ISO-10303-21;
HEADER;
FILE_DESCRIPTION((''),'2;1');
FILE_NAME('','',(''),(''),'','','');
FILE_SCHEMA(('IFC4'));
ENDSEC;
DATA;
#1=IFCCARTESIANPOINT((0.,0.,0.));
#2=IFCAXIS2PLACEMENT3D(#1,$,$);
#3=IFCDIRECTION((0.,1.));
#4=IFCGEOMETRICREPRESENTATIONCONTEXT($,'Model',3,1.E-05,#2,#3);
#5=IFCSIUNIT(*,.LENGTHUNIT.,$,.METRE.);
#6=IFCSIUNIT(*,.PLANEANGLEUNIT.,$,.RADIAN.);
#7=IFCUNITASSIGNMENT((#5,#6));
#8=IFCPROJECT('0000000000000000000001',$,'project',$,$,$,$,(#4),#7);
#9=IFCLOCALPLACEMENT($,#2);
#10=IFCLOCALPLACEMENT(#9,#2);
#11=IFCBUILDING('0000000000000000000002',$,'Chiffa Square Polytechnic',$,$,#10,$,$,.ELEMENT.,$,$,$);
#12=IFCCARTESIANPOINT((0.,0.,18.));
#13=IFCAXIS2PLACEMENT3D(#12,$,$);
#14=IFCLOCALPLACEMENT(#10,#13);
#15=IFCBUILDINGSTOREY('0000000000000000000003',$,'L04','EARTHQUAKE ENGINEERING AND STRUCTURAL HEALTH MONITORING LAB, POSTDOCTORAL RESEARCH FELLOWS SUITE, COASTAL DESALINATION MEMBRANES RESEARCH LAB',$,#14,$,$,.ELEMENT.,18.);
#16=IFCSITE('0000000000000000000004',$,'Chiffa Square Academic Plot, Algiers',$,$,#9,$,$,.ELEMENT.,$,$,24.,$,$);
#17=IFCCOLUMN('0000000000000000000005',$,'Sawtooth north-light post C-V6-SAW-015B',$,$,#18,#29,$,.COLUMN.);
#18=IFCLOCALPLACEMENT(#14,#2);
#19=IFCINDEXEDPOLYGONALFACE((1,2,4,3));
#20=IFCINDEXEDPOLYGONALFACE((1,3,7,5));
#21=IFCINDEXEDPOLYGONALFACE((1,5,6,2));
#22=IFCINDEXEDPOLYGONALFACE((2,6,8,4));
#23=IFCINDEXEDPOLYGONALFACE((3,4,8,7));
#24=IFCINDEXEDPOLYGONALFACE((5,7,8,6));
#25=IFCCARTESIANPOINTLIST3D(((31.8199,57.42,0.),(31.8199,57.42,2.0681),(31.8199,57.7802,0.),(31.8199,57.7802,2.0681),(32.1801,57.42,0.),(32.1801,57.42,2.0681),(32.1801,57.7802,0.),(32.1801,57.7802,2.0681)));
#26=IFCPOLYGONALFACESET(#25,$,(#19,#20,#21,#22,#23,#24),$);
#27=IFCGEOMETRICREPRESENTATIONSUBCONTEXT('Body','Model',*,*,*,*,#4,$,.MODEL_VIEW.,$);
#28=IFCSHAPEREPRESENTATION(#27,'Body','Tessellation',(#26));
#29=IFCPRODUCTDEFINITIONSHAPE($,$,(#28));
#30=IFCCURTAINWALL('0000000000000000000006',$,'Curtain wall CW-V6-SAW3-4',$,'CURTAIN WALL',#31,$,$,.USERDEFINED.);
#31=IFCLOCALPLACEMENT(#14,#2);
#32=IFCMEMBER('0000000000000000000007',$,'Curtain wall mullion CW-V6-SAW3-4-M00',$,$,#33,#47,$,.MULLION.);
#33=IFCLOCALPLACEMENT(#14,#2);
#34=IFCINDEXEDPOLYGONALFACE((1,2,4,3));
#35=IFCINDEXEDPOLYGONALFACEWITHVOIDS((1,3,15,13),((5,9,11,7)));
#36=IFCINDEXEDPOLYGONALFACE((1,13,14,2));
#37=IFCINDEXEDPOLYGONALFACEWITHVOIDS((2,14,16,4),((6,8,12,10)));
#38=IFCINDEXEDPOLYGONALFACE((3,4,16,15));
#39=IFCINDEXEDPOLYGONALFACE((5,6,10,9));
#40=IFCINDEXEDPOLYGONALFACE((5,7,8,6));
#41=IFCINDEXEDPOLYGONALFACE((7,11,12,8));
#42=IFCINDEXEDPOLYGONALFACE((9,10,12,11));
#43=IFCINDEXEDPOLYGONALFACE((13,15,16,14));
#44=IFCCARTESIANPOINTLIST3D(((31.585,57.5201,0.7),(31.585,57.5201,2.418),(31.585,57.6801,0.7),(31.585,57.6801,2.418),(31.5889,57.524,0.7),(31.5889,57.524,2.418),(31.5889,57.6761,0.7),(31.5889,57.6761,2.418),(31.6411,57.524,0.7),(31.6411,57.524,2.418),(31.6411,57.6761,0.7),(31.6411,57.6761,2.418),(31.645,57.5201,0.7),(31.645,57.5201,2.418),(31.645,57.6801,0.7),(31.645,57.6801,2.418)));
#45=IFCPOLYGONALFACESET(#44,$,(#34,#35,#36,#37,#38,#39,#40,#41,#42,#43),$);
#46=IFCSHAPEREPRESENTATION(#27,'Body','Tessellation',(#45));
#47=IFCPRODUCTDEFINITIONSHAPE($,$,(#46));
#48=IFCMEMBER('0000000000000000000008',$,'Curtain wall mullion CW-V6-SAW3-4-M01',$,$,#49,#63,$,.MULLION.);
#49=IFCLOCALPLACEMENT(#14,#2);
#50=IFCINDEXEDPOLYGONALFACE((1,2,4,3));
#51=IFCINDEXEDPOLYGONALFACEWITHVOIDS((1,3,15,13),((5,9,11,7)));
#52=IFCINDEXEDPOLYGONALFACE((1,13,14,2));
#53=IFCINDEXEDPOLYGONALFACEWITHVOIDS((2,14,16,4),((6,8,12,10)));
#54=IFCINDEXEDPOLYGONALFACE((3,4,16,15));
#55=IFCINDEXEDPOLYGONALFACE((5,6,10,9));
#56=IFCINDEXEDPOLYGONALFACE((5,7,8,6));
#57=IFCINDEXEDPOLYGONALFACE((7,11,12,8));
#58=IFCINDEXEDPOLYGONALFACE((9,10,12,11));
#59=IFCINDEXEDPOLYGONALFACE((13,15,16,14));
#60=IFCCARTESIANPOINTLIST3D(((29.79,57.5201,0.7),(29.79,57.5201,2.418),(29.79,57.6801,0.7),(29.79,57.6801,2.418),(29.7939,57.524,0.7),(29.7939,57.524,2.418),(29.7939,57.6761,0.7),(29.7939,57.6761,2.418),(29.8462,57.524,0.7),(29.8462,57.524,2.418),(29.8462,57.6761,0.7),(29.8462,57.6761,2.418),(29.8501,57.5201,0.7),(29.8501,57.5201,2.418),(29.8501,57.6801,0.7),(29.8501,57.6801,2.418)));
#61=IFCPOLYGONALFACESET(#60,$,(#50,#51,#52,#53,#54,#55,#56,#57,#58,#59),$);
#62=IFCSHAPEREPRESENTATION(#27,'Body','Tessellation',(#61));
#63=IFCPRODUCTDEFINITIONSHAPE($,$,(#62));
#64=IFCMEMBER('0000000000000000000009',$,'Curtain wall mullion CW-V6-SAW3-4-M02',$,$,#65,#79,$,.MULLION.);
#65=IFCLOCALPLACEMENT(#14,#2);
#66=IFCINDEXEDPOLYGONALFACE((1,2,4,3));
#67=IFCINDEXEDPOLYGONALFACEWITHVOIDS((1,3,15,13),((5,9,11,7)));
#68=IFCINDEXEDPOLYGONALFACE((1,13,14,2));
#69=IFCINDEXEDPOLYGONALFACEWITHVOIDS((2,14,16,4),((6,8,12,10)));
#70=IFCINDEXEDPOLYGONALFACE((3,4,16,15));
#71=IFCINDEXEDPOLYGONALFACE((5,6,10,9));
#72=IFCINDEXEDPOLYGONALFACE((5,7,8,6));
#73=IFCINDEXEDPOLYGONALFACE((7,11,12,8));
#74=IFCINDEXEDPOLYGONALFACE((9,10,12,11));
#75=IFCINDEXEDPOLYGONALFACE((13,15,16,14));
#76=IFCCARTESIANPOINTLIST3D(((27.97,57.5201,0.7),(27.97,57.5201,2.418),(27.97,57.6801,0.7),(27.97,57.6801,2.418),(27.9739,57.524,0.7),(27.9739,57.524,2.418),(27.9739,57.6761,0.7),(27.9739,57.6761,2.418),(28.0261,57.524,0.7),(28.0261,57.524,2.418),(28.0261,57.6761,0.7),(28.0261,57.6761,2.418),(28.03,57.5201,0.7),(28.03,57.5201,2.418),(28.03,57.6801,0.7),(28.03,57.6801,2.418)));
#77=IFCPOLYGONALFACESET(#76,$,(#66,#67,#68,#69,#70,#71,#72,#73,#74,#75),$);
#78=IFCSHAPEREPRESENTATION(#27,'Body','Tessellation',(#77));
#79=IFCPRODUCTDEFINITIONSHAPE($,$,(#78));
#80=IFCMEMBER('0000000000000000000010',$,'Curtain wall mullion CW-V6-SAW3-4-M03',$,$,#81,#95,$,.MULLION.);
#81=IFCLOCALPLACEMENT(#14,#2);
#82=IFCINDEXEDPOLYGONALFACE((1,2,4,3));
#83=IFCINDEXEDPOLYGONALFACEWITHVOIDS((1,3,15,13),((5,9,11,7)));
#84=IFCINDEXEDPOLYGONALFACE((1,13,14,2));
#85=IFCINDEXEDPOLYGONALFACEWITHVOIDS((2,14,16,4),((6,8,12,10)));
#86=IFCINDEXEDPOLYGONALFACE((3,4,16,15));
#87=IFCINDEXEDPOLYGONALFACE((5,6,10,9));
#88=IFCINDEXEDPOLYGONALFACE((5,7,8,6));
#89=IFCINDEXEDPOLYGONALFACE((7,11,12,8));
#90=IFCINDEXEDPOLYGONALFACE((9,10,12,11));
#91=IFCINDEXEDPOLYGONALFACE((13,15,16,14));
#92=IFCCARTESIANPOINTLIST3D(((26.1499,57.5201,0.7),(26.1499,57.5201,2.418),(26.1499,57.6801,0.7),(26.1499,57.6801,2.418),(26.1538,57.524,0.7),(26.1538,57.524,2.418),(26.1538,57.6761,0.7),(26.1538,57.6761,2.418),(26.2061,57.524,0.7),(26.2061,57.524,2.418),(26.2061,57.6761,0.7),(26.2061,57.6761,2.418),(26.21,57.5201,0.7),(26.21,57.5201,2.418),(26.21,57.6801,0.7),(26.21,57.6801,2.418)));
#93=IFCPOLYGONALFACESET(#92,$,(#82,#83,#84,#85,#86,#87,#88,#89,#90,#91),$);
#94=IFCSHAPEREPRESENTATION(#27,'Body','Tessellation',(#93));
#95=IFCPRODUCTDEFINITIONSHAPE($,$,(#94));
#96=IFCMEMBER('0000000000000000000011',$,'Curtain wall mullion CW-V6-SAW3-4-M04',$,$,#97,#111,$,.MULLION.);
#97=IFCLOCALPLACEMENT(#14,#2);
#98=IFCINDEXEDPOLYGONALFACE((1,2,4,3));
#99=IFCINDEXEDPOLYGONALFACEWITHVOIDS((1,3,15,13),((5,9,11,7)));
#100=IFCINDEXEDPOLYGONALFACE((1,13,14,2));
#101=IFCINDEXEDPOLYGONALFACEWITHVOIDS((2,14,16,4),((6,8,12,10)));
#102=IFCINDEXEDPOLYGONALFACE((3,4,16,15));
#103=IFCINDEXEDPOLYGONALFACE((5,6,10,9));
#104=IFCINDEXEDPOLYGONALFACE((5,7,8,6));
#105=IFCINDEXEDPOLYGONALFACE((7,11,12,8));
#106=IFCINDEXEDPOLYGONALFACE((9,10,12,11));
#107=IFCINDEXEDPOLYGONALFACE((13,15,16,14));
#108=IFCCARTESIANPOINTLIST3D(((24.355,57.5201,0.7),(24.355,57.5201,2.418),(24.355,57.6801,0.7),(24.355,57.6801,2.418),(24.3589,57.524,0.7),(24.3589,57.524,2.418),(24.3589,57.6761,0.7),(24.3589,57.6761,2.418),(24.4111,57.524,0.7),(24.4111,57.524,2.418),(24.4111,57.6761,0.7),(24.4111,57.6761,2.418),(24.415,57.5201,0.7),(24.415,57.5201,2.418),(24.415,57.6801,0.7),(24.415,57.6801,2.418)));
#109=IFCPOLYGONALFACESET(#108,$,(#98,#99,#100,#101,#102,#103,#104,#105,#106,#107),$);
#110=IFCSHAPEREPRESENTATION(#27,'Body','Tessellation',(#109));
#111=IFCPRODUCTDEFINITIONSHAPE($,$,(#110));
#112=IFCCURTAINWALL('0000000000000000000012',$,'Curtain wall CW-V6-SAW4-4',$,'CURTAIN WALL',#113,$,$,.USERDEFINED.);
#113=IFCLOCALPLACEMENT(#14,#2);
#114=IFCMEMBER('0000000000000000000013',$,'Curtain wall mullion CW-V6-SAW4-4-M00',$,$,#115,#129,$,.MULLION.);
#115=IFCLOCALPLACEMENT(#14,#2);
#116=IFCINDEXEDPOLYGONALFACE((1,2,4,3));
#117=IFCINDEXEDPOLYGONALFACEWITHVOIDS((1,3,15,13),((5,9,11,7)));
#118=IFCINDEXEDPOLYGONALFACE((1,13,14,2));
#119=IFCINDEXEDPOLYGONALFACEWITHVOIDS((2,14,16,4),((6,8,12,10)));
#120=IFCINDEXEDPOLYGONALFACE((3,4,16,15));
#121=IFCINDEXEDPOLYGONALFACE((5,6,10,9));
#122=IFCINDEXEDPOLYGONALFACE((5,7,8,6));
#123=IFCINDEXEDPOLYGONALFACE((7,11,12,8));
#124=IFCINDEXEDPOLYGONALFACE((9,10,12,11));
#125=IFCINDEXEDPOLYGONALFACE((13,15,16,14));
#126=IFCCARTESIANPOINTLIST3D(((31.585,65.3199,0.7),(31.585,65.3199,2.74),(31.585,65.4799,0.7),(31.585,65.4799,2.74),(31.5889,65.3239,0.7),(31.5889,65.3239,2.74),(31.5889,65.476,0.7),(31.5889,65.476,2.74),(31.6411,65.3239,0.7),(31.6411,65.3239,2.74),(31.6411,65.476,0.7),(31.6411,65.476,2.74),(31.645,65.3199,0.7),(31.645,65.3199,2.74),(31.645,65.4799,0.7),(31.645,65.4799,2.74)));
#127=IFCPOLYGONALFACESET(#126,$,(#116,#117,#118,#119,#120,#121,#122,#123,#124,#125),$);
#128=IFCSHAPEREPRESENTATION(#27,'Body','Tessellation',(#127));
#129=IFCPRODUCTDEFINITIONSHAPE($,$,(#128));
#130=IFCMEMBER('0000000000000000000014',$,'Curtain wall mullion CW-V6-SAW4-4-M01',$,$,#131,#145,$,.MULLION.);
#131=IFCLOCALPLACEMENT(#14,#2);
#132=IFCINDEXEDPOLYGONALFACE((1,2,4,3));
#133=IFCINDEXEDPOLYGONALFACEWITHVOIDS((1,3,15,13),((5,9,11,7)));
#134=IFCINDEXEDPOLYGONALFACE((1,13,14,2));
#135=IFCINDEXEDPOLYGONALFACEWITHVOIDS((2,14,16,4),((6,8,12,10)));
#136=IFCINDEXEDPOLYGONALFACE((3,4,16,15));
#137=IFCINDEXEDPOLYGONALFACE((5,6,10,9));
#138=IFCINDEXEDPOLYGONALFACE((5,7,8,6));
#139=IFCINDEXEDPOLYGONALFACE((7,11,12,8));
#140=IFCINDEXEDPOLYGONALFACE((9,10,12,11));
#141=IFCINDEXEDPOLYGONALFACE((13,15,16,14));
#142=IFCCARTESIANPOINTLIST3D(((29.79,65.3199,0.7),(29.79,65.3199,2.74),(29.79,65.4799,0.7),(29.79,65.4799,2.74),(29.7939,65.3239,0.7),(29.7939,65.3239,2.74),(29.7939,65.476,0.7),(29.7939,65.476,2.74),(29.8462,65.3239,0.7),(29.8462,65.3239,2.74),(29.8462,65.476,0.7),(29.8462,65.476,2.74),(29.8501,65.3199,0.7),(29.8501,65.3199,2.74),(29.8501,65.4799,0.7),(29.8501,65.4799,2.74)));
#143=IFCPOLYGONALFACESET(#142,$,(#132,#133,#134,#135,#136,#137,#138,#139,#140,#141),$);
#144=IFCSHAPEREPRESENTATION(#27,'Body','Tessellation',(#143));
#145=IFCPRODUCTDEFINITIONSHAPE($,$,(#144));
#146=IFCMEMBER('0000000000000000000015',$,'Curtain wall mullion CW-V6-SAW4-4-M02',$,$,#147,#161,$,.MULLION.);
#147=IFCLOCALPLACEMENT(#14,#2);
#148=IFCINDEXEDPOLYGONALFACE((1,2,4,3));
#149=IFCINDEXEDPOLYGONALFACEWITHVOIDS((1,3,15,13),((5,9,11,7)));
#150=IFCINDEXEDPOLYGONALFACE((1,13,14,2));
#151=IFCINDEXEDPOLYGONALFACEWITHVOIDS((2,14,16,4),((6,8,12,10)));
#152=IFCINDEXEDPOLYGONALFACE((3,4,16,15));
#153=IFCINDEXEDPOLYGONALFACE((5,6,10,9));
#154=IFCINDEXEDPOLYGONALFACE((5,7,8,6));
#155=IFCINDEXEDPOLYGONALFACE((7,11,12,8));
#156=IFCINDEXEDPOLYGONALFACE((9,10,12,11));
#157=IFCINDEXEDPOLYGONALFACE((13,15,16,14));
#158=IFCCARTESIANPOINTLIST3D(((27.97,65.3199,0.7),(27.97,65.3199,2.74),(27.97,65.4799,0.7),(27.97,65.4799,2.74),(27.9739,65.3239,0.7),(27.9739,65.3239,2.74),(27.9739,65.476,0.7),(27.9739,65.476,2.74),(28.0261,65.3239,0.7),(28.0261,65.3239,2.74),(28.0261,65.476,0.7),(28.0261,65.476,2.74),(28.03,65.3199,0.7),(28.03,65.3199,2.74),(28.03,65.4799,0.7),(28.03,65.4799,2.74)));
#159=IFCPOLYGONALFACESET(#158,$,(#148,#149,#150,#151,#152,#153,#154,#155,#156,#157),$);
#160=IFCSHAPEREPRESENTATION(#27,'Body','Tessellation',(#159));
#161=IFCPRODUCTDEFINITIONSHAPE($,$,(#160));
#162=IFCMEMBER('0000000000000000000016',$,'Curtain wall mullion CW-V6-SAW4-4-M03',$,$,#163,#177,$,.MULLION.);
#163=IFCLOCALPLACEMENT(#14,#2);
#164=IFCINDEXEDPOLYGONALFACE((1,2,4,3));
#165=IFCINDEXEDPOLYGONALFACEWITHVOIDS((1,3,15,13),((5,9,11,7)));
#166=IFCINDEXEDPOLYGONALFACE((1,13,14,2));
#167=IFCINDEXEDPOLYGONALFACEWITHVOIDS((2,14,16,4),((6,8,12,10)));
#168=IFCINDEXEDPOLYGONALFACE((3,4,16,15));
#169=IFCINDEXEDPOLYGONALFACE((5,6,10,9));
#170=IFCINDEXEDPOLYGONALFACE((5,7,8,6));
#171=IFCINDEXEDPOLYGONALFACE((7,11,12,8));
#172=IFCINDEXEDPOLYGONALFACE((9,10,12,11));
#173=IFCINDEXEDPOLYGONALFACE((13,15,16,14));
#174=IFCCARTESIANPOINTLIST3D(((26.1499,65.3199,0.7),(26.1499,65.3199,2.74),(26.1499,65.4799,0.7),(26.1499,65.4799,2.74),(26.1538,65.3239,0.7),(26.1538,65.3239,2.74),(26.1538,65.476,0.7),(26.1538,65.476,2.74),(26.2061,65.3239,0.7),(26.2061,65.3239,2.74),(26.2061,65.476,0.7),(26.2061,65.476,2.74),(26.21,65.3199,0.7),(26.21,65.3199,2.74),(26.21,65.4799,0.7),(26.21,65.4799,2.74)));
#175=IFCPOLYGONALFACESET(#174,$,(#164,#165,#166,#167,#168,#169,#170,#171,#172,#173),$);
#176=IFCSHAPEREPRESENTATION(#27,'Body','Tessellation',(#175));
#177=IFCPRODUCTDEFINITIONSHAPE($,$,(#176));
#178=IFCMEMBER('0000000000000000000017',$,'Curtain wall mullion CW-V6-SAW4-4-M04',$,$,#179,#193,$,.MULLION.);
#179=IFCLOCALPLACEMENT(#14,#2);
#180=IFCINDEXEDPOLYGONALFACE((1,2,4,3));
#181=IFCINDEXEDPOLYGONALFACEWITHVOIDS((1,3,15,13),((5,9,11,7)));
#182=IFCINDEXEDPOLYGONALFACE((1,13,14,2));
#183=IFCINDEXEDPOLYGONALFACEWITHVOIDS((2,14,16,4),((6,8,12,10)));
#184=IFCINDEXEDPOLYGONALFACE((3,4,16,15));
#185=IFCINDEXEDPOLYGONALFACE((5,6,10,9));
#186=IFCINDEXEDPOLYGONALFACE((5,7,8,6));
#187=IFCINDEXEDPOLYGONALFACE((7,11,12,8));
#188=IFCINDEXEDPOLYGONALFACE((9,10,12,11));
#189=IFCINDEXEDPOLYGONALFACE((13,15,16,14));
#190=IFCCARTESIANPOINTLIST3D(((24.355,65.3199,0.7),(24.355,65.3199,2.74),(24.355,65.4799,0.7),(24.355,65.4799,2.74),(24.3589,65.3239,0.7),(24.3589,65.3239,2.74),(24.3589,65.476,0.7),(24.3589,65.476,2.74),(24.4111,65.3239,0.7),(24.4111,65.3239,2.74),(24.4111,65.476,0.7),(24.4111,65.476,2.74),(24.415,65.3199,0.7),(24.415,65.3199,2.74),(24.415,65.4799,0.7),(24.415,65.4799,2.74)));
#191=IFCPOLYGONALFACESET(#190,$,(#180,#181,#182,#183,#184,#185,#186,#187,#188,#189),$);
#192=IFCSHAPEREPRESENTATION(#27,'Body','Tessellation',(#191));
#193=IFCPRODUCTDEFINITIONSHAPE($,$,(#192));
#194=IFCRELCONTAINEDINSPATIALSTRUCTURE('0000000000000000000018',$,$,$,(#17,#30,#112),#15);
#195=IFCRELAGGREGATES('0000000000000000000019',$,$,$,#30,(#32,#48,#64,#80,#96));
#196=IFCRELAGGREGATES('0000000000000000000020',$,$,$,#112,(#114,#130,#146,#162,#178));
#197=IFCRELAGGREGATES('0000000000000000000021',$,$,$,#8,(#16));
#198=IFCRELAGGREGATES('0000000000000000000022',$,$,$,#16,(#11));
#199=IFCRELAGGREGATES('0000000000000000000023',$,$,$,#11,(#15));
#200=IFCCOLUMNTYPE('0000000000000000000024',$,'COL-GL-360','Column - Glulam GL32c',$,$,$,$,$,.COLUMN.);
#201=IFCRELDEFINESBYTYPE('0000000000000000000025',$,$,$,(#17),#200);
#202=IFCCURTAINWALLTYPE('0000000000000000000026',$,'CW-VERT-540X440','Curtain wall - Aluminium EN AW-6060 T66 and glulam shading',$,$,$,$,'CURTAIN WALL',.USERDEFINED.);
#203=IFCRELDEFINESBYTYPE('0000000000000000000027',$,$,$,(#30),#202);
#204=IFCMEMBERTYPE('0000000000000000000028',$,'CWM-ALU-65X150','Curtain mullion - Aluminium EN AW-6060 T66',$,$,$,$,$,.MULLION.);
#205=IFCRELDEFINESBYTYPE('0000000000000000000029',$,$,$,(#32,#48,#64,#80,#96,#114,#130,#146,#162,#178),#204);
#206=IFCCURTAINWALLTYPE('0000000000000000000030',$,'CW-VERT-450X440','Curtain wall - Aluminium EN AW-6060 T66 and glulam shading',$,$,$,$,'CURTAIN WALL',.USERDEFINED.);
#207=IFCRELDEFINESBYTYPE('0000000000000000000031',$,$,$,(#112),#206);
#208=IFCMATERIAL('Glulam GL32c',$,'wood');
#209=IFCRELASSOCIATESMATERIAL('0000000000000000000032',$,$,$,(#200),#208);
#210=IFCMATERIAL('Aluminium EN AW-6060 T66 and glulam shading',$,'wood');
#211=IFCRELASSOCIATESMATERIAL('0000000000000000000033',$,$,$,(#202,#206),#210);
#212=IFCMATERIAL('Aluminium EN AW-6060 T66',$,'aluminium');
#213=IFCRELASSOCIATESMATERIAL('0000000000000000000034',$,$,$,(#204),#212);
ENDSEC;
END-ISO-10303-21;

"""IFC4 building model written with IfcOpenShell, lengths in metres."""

from ifc_helpers import new_model, si_unit, direction, frame, origin, origin_2d, place, context, subcontext, project, spatial, rectangle, hollow_rectangle, extrude, material, material_profile, profile_set, type_object, element, aggregate, save


model = new_model("IFC4")

# Units and contexts
model_context = context("Model", 3, precision=1e-05, world=origin(), true_north=direction((0.0, 1.0)))
body_context = subcontext(model_context, "Body", "Model", "MODEL_VIEW")
ifc_project = project(units=[si_unit("LENGTHUNIT", "METRE"), si_unit("PLANEANGLEUNIT", "RADIAN")], contexts=[model_context])

# Site, building, storey
site_placement = place(None, origin())
site = spatial("IfcSite", under=ifc_project, at=site_placement, Name="Chiffa Square Academic Plot, Algiers", CompositionType="ELEMENT", RefElevation=24.0)
building_placement = place(site_placement, origin())
building = spatial("IfcBuilding", under=site, at=building_placement, Name="Chiffa Square Polytechnic", CompositionType="ELEMENT")
storey_placement = place(building_placement, frame((0.0, 0.0, 18.0)))
storey = spatial("IfcBuildingStorey", under=building, at=storey_placement, Name="L04", Description="EARTHQUAKE ENGINEERING AND STRUCTURAL HEALTH MONITORING LAB, POSTDOCTORAL RESEARCH FELLOWS SUITE, COASTAL DESALINATION MEMBRANES RESEARCH LAB", CompositionType="ELEMENT", Elevation=18.0)

# Column
ifc_material_1 = material(Name="Glulam GL32c", Category="wood")
ifc_material_profile_1 = material_profile(ifc_material_1, rectangle(XDim=0.3601, YDim=0.3601, at=origin_2d()), Name="GL32c 360x360")
ifc_profile_set_1 = profile_set([ifc_material_profile_1], Name="Glulam GL32c")
column_type = type_object("IfcColumnType", Name="COL-GL-360", Description="Column - Glulam GL32c", PredefinedType="COLUMN", material=ifc_profile_set_1)
column_placement = place(storey_placement, frame((32.0, 57.6001, 0.0), z_axis=(0.0, 0.0, 1.0), x_axis=(1.0, 0.0, 0.0)))
element("IfcColumn", 1, at=column_placement, inside=storey, type_object=column_type, Name="Sawtooth north-light post C-V6-SAW-015B", PredefinedType="COLUMN", context=body_context, shape_type="SweptSolid", body=[
    extrude(rectangle(XDim=0.3601, YDim=0.3601, at=origin_2d()), origin(), (0.0, 0.0, 1.0), 2.0681),
])

# Curtain walls, members
ifc_material_2 = material(Name="Aluminium EN AW-6060 T66 and glulam shading", Category="wood")
curtain_wall_type_1 = type_object("IfcCurtainWallType", Name="CW-VERT-540X440", Description="Curtain wall - Aluminium EN AW-6060 T66 and glulam shading", ElementType="CURTAIN WALL", PredefinedType="USERDEFINED", material=ifc_material_2)
curtain_wall_1_placement = place(storey_placement, origin())
curtain_wall_1 = element("IfcCurtainWall", 2, at=curtain_wall_1_placement, inside=storey, type_object=curtain_wall_type_1, Name="Curtain wall CW-V6-SAW3-4", ObjectType="CURTAIN WALL", PredefinedType="USERDEFINED")
ifc_material_3 = material(Name="Aluminium EN AW-6060 T66", Category="aluminium")
ifc_material_profile_2 = material_profile(ifc_material_3, hollow_rectangle(XDim=0.0601, YDim=0.1599, WallThickness=0.0039, at=origin_2d()), Name="ALU 60x160x4")
ifc_profile_set_2 = profile_set([ifc_material_profile_2], Name="Aluminium EN AW-6060 T66")
member_type_1 = type_object("IfcMemberType", Name="CWM-ALU-65X150", Description="Curtain mullion - Aluminium EN AW-6060 T66", PredefinedType="MULLION", material=ifc_profile_set_2)
member_1_placement = place(storey_placement, frame((31.615, 57.6001, 0.7), z_axis=(0.0, 0.0, 1.0), x_axis=(1.0, 0.0, 0.0)))
member_1 = element("IfcMember", 3, at=member_1_placement, type_object=member_type_1, Name="Curtain wall mullion CW-V6-SAW3-4-M00", PredefinedType="MULLION", context=body_context, shape_type="SweptSolid", body=[
    extrude(hollow_rectangle(XDim=0.0601, YDim=0.1599, WallThickness=0.0039, at=origin_2d()), origin(), (0.0, 0.0, 1.0), 1.718),
])
member_2_placement = place(storey_placement, frame((29.8201, 57.6001, 0.7), z_axis=(0.0, 0.0, 1.0), x_axis=(1.0, 0.0, 0.0)))
member_2 = element("IfcMember", 4, at=member_2_placement, type_object=member_type_1, Name="Curtain wall mullion CW-V6-SAW3-4-M01", PredefinedType="MULLION", context=body_context, shape_type="SweptSolid", body=[
    extrude(hollow_rectangle(XDim=0.0601, YDim=0.1599, WallThickness=0.0039, at=origin_2d()), origin(), (0.0, 0.0, 1.0), 1.718),
])
member_3_placement = place(storey_placement, frame((28.0, 57.6001, 0.7), z_axis=(0.0, 0.0, 1.0), x_axis=(1.0, 0.0, 0.0)))
member_3 = element("IfcMember", 5, at=member_3_placement, type_object=member_type_1, Name="Curtain wall mullion CW-V6-SAW3-4-M02", PredefinedType="MULLION", context=body_context, shape_type="SweptSolid", body=[
    extrude(hollow_rectangle(XDim=0.0601, YDim=0.1599, WallThickness=0.0039, at=origin_2d()), origin(), (0.0, 0.0, 1.0), 1.718),
])
member_4_placement = place(storey_placement, frame((26.1799, 57.6001, 0.7), z_axis=(0.0, 0.0, 1.0), x_axis=(1.0, 0.0, 0.0)))
member_4 = element("IfcMember", 6, at=member_4_placement, type_object=member_type_1, Name="Curtain wall mullion CW-V6-SAW3-4-M03", PredefinedType="MULLION", context=body_context, shape_type="SweptSolid", body=[
    extrude(hollow_rectangle(XDim=0.0601, YDim=0.1599, WallThickness=0.0039, at=origin_2d()), origin(), (0.0, 0.0, 1.0), 1.718),
])
member_5_placement = place(storey_placement, frame((24.385, 57.6001, 0.7), z_axis=(0.0, 0.0, 1.0), x_axis=(1.0, 0.0, 0.0)))
member_5 = element("IfcMember", 7, at=member_5_placement, type_object=member_type_1, Name="Curtain wall mullion CW-V6-SAW3-4-M04", PredefinedType="MULLION", context=body_context, shape_type="SweptSolid", body=[
    extrude(hollow_rectangle(XDim=0.0601, YDim=0.1599, WallThickness=0.0039, at=origin_2d()), origin(), (0.0, 0.0, 1.0), 1.718),
])
curtain_wall_type_2 = type_object("IfcCurtainWallType", Name="CW-VERT-450X440", Description="Curtain wall - Aluminium EN AW-6060 T66 and glulam shading", ElementType="CURTAIN WALL", PredefinedType="USERDEFINED", material=ifc_material_2)
curtain_wall_2_placement = place(storey_placement, origin())
curtain_wall_2 = element("IfcCurtainWall", 8, at=curtain_wall_2_placement, inside=storey, type_object=curtain_wall_type_2, Name="Curtain wall CW-V6-SAW4-4", ObjectType="CURTAIN WALL", PredefinedType="USERDEFINED")
member_6_placement = place(storey_placement, frame((31.615, 65.3999, 0.7), z_axis=(0.0, 0.0, 1.0), x_axis=(1.0, 0.0, 0.0)))
member_6 = element("IfcMember", 9, at=member_6_placement, type_object=member_type_1, Name="Curtain wall mullion CW-V6-SAW4-4-M00", PredefinedType="MULLION", context=body_context, shape_type="SweptSolid", body=[
    extrude(hollow_rectangle(XDim=0.0601, YDim=0.1599, WallThickness=0.0039, at=origin_2d()), origin(), (0.0, 0.0, 1.0), 2.04),
])
member_7_placement = place(storey_placement, frame((29.8201, 65.3999, 0.7), z_axis=(0.0, 0.0, 1.0), x_axis=(1.0, 0.0, 0.0)))
member_7 = element("IfcMember", 10, at=member_7_placement, type_object=member_type_1, Name="Curtain wall mullion CW-V6-SAW4-4-M01", PredefinedType="MULLION", context=body_context, shape_type="SweptSolid", body=[
    extrude(hollow_rectangle(XDim=0.0601, YDim=0.1599, WallThickness=0.0039, at=origin_2d()), origin(), (0.0, 0.0, 1.0), 2.04),
])
member_8_placement = place(storey_placement, frame((28.0, 65.3999, 0.7), z_axis=(0.0, 0.0, 1.0), x_axis=(1.0, 0.0, 0.0)))
member_8 = element("IfcMember", 11, at=member_8_placement, type_object=member_type_1, Name="Curtain wall mullion CW-V6-SAW4-4-M02", PredefinedType="MULLION", context=body_context, shape_type="SweptSolid", body=[
    extrude(hollow_rectangle(XDim=0.0601, YDim=0.1599, WallThickness=0.0039, at=origin_2d()), origin(), (0.0, 0.0, 1.0), 2.04),
])
member_9_placement = place(storey_placement, frame((26.1799, 65.3999, 0.7), z_axis=(0.0, 0.0, 1.0), x_axis=(1.0, 0.0, 0.0)))
member_9 = element("IfcMember", 12, at=member_9_placement, type_object=member_type_1, Name="Curtain wall mullion CW-V6-SAW4-4-M03", PredefinedType="MULLION", context=body_context, shape_type="SweptSolid", body=[
    extrude(hollow_rectangle(XDim=0.0601, YDim=0.1599, WallThickness=0.0039, at=origin_2d()), origin(), (0.0, 0.0, 1.0), 2.04),
])
member_10_placement = place(storey_placement, frame((24.385, 65.3999, 0.7), z_axis=(0.0, 0.0, 1.0), x_axis=(1.0, 0.0, 0.0)))
member_10 = element("IfcMember", 13, at=member_10_placement, type_object=member_type_1, Name="Curtain wall mullion CW-V6-SAW4-4-M04", PredefinedType="MULLION", context=body_context, shape_type="SweptSolid", body=[
    extrude(hollow_rectangle(XDim=0.0601, YDim=0.1599, WallThickness=0.0039, at=origin_2d()), origin(), (0.0, 0.0, 1.0), 2.04),
])

aggregate(curtain_wall_1, [member_1, member_2, member_3, member_4, member_5])
aggregate(curtain_wall_2, [member_6, member_7, member_8, member_9, member_10])

save(model, "model.ifc")
